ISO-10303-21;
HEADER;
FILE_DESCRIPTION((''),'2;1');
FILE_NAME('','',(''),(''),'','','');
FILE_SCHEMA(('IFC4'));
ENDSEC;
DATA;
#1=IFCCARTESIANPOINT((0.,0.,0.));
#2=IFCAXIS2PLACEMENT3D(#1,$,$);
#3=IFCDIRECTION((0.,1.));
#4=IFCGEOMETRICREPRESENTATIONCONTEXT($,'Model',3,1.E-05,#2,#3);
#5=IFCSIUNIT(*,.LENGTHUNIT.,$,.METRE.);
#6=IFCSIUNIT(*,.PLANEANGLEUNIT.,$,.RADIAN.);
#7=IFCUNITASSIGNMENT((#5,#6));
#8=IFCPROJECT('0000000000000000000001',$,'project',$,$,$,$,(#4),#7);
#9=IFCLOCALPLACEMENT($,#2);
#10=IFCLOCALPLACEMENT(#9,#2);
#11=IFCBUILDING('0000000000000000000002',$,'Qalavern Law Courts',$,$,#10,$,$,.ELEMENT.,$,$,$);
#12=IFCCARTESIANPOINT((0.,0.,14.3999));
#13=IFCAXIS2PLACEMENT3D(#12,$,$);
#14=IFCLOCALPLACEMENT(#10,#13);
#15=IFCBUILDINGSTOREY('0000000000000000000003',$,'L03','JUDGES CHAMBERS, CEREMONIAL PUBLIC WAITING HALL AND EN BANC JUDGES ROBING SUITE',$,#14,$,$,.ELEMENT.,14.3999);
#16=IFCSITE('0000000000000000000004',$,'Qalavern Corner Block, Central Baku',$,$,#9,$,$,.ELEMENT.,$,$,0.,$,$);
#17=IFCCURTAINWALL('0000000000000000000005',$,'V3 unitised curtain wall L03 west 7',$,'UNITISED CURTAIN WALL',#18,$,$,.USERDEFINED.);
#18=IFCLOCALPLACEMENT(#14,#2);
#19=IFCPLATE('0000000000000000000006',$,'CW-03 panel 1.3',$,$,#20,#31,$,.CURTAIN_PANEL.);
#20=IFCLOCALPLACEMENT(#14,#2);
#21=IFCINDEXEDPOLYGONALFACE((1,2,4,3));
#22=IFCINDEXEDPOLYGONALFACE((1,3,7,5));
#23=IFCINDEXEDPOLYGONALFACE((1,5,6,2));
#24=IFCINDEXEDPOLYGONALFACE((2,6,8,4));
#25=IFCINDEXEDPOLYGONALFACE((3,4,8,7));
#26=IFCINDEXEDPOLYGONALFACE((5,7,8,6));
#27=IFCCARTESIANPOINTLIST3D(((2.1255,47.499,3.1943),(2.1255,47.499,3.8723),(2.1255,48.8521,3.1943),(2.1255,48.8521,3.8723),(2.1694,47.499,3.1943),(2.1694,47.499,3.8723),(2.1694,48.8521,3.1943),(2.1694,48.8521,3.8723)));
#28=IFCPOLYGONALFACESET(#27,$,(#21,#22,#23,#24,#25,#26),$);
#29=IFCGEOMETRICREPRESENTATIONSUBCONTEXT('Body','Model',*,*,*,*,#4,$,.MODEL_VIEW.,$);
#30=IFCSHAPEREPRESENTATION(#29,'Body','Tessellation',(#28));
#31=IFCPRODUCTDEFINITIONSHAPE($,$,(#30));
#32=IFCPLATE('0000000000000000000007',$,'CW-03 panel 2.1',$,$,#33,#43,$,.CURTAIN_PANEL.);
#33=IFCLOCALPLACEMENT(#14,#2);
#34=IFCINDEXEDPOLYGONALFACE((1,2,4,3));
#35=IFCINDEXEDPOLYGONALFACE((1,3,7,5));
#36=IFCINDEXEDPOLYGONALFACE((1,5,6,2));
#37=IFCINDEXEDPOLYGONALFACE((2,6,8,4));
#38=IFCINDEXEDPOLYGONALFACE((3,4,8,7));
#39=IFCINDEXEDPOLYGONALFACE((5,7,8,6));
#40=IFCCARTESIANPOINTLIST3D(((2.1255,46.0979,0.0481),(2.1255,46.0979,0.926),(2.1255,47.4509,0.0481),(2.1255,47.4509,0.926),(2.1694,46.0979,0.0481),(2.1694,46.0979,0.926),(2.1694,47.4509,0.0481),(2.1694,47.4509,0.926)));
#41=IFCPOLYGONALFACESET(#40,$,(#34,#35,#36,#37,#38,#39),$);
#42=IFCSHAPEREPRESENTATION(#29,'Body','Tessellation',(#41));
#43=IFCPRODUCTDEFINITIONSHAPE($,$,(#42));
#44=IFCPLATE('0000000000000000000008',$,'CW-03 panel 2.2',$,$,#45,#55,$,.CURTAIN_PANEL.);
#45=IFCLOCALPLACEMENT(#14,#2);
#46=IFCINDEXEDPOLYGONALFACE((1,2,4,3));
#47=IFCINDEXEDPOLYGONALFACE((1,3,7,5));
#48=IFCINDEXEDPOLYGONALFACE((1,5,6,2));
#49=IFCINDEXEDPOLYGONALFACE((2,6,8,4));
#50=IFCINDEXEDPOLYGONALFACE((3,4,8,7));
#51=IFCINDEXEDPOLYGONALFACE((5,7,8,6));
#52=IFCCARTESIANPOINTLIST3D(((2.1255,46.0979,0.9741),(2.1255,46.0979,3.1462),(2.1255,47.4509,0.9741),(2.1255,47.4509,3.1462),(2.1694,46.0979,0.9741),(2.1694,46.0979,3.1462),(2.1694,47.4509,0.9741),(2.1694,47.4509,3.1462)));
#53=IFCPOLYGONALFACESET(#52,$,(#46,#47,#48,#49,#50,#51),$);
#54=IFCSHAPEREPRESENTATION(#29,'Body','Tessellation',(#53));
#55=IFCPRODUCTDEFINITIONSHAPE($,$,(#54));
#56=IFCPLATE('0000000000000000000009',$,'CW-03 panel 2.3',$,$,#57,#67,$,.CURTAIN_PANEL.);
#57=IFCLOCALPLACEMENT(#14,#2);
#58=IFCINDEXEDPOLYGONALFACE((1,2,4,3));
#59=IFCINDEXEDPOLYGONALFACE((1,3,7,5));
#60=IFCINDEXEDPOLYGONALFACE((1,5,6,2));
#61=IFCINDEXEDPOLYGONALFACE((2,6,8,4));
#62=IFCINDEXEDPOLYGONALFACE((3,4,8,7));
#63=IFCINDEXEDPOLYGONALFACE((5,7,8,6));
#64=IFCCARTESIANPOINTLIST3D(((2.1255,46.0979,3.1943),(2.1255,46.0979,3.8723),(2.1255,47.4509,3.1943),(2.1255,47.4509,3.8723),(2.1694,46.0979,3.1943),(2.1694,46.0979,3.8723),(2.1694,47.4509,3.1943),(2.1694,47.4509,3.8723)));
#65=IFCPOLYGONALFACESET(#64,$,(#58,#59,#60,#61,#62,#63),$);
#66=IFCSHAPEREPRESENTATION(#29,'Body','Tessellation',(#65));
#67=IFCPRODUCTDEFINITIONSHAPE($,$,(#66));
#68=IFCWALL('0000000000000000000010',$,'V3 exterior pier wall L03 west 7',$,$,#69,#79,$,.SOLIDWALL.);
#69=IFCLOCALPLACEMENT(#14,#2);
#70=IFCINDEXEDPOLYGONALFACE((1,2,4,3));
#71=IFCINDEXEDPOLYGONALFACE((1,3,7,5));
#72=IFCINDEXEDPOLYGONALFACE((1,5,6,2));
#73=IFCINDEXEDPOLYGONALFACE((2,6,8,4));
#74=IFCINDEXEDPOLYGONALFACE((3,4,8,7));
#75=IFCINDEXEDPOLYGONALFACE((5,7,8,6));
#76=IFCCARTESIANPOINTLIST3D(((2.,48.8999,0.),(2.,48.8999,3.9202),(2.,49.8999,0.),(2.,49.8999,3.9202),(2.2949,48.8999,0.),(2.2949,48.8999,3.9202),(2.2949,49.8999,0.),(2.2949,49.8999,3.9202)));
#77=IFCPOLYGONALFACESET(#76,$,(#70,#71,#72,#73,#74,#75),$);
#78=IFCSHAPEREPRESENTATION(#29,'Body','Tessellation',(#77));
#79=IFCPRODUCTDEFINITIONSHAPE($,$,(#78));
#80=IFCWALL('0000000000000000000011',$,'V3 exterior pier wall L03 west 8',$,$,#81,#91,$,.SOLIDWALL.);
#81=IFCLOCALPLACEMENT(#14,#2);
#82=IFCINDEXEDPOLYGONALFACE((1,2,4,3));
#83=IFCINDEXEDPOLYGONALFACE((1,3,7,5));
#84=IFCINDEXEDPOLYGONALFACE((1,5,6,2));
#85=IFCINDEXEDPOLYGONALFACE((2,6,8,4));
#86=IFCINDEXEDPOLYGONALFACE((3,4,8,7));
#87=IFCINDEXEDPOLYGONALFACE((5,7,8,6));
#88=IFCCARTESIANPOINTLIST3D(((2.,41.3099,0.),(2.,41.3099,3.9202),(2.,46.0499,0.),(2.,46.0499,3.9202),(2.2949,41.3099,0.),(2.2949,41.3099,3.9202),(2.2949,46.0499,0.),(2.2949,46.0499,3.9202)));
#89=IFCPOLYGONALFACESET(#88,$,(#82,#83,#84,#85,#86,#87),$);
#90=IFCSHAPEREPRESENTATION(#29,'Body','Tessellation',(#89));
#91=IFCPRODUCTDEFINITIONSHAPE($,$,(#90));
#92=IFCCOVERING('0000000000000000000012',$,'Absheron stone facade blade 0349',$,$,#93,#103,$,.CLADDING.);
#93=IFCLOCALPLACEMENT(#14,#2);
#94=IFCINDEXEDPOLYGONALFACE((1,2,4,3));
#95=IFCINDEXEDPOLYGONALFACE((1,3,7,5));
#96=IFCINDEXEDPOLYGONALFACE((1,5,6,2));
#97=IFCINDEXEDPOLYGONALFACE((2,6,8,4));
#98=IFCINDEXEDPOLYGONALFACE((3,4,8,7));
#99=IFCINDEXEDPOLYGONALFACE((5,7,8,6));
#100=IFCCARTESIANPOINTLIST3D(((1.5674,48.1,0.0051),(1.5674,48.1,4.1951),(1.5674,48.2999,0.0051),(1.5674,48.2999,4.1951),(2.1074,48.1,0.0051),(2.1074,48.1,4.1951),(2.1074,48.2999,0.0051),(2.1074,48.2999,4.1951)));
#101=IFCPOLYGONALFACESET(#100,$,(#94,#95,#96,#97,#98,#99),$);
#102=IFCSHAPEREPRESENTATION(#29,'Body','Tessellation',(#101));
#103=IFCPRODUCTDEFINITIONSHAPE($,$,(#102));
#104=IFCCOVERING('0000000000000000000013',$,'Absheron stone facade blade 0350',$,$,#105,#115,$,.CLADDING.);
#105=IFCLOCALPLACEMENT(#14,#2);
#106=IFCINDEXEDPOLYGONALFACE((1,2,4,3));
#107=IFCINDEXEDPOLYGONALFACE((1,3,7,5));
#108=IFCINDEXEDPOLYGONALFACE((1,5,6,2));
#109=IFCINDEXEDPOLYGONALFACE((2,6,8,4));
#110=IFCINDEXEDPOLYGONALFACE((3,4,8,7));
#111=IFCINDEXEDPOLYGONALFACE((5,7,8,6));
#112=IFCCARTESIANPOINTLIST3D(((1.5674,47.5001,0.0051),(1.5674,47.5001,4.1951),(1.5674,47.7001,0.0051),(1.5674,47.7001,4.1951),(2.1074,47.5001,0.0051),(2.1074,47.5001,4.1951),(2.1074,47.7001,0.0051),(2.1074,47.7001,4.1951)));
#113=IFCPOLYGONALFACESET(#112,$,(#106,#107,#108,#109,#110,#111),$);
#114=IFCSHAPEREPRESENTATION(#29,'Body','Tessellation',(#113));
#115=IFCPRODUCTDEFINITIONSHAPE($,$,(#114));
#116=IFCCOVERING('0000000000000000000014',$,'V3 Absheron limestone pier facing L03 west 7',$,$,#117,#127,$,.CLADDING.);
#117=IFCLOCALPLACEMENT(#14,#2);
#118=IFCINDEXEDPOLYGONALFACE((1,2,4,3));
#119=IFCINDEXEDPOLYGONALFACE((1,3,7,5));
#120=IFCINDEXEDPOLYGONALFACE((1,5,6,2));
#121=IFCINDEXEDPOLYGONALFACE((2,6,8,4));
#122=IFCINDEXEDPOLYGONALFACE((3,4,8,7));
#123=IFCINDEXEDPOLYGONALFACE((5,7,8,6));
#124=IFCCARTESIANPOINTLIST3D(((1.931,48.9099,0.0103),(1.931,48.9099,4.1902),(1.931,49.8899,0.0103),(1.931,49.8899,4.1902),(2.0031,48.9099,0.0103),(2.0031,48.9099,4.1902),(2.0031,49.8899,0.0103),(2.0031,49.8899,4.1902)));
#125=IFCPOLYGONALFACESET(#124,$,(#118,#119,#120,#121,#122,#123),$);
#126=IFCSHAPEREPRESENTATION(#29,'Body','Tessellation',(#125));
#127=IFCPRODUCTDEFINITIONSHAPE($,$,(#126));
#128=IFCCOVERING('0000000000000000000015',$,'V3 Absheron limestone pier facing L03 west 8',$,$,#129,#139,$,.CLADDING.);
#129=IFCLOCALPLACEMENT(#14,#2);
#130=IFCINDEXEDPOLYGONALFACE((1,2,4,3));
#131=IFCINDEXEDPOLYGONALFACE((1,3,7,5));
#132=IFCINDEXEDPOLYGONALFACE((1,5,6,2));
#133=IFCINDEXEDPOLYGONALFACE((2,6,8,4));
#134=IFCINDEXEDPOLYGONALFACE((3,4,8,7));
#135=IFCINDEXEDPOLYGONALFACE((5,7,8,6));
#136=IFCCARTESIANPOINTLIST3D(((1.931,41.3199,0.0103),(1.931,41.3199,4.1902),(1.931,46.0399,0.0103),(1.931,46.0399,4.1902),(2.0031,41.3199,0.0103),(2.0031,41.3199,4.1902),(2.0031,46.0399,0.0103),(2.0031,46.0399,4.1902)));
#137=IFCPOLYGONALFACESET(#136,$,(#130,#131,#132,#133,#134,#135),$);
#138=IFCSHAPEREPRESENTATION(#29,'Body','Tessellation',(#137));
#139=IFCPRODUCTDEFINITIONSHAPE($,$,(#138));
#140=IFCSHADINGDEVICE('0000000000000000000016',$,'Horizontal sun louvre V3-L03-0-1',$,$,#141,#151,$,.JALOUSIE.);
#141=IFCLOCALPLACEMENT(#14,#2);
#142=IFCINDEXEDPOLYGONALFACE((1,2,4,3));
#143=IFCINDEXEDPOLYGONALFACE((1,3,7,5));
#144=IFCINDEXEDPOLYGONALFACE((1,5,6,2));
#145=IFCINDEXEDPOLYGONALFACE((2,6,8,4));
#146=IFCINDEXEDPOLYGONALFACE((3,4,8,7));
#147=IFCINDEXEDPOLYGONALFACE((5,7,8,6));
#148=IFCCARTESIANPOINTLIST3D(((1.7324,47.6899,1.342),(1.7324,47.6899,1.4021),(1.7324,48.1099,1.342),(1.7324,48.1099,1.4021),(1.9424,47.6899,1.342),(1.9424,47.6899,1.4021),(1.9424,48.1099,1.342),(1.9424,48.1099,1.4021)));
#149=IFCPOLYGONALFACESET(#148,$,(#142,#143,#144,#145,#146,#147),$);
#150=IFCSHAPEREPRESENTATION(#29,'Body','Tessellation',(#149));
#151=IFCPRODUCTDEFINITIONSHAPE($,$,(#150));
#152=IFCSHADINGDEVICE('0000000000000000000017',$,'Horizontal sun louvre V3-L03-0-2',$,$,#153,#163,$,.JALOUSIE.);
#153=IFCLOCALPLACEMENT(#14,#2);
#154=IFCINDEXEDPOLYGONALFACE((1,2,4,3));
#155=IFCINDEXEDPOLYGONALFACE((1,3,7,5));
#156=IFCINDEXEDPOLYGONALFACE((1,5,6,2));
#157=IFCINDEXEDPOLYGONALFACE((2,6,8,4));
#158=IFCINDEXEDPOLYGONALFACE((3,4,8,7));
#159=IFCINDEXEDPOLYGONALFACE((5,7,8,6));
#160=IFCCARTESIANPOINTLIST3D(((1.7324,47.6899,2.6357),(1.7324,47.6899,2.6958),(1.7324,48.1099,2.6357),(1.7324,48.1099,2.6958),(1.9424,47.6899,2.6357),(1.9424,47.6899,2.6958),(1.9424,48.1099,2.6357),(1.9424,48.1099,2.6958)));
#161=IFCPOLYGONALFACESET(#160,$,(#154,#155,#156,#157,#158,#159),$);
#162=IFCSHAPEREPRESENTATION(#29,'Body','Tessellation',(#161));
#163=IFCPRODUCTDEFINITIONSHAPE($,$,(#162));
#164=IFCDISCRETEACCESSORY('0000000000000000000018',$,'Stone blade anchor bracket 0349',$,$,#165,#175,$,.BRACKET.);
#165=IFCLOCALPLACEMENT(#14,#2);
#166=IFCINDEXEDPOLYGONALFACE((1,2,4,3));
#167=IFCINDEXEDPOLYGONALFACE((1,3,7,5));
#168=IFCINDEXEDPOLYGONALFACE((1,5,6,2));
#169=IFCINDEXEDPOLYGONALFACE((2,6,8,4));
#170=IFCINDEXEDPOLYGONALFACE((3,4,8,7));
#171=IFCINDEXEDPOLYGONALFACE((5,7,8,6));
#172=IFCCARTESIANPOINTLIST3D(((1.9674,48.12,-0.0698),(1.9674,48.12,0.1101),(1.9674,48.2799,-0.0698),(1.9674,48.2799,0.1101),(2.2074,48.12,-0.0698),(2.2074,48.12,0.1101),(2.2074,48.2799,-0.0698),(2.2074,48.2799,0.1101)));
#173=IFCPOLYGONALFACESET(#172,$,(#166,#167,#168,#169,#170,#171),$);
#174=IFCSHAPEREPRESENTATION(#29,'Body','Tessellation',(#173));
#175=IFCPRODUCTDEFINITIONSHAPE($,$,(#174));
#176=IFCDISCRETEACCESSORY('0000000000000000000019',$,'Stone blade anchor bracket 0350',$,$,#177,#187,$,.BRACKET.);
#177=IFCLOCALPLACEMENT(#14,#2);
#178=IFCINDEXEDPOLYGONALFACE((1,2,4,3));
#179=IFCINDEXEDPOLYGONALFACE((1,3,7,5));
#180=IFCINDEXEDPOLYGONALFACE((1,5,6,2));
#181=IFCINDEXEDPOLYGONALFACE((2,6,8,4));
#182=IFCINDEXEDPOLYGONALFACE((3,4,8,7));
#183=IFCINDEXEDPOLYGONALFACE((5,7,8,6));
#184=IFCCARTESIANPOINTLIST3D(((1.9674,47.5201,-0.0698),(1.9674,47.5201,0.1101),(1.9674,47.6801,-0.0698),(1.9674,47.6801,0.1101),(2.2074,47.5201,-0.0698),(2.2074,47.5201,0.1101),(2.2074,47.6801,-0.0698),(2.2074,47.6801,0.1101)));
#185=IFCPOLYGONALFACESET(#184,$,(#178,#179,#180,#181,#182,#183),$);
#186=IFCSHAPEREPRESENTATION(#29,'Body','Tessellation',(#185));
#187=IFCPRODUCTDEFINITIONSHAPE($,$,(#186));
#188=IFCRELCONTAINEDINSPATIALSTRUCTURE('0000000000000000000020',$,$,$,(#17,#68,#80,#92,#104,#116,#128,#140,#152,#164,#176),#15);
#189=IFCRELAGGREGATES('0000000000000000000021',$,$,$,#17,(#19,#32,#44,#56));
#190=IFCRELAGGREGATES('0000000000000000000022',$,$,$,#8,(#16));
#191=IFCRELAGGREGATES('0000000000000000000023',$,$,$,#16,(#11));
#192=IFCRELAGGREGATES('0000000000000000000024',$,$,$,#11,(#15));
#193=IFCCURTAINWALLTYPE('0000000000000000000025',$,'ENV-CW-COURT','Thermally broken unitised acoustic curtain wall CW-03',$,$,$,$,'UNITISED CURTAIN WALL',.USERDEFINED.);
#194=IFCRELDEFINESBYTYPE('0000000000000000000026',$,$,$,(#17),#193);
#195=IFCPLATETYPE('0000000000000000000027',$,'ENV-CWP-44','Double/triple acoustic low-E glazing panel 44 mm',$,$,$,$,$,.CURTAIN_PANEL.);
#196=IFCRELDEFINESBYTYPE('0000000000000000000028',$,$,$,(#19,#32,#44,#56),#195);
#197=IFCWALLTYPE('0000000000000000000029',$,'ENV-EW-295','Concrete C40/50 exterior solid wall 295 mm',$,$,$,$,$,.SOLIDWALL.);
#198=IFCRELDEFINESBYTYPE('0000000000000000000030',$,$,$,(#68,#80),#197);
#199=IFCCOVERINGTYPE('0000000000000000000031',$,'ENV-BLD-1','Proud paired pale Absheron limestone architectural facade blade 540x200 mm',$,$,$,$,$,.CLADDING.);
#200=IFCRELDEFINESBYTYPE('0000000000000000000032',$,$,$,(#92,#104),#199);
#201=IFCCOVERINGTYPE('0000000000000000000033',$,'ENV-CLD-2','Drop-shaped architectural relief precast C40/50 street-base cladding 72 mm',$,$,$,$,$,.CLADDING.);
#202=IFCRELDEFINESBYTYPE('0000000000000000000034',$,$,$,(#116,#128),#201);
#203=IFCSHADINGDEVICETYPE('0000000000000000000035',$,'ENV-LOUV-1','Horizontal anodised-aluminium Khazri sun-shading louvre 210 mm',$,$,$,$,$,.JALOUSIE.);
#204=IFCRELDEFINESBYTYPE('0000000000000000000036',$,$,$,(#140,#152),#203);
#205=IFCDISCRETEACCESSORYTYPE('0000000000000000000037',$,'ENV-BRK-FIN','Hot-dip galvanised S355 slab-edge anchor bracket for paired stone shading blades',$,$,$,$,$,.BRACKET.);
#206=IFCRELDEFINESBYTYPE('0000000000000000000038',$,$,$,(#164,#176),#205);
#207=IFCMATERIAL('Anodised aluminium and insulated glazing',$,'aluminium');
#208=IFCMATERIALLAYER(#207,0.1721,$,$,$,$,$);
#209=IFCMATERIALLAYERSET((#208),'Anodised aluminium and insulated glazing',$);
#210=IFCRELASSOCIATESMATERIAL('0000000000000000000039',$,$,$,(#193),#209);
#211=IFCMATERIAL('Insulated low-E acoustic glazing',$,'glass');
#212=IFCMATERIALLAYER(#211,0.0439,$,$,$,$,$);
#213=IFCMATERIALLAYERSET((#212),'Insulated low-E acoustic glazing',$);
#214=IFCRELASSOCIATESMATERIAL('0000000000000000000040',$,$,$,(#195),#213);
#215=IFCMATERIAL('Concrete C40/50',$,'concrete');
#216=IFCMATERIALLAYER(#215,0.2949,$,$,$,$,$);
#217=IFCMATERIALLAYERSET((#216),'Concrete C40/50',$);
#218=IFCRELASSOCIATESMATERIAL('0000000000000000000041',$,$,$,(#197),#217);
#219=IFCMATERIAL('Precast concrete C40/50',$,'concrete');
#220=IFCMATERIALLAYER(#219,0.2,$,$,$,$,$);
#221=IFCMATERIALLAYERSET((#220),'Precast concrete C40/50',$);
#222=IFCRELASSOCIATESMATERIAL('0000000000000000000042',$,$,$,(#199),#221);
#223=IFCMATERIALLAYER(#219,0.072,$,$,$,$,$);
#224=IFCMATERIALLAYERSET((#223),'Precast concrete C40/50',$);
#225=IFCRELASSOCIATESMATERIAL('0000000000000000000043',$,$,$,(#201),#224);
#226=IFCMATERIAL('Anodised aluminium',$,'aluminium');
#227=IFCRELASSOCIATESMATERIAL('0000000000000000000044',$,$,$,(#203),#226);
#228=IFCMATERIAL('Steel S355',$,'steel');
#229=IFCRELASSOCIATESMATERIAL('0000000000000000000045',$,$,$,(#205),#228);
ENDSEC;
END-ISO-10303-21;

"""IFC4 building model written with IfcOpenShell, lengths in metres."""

from ifc_helpers import new_model, si_unit, direction, frame, frame_2d, origin, origin_2d, place, context, subcontext, project, spatial, rectangle, extrude, material, layer, layer_set, type_object, element, aggregate, save


model = new_model("IFC4")

# Units and contexts
model_context = context("Model", 3, precision=1e-05, world=origin(), true_north=direction((0.0, 1.0)))
body_context = subcontext(model_context, "Body", "Model", "MODEL_VIEW")
ifc_project = project(units=[si_unit("LENGTHUNIT", "METRE"), si_unit("PLANEANGLEUNIT", "RADIAN")], contexts=[model_context])

# Site, building, storey
site_placement = place(None, origin())
site = spatial("IfcSite", under=ifc_project, at=site_placement, Name="Qalavern Corner Block, Central Baku", CompositionType="ELEMENT", RefElevation=0.0)
building_placement = place(site_placement, origin())
building = spatial("IfcBuilding", under=site, at=building_placement, Name="Qalavern Law Courts", CompositionType="ELEMENT")
storey_placement = place(building_placement, frame((0.0, 0.0, 14.3999)))
storey = spatial("IfcBuildingStorey", under=building, at=storey_placement, Name="L03", Description="JUDGES CHAMBERS, CEREMONIAL PUBLIC WAITING HALL AND EN BANC JUDGES ROBING SUITE", CompositionType="ELEMENT", Elevation=14.3999)

# Curtain wall
ifc_material_1 = material(Name="Anodised aluminium and insulated glazing", Category="aluminium")
ifc_layer_1 = layer(ifc_material_1, 0.1721)
ifc_layer_set_1 = layer_set([ifc_layer_1], Name="Anodised aluminium and insulated glazing")
curtain_wall_type = type_object("IfcCurtainWallType", Name="ENV-CW-COURT", Description="Thermally broken unitised acoustic curtain wall CW-03", ElementType="UNITISED CURTAIN WALL", PredefinedType="USERDEFINED", material=ifc_layer_set_1)
ifc_material_2 = material(Name="Anodised aluminium", Category="aluminium")
curtain_wall_1_placement = place(storey_placement, origin())
curtain_wall_1 = element("IfcCurtainWall", 1, at=curtain_wall_1_placement, inside=storey, type_object=curtain_wall_type, Name="V3 unitised curtain wall L03 west 7", ObjectType="UNITISED CURTAIN WALL", PredefinedType="USERDEFINED")

# Plates
ifc_material_3 = material(Name="Insulated low-E acoustic glazing", Category="glass")
ifc_layer_2 = layer(ifc_material_3, 0.0439)
ifc_layer_set_2 = layer_set([ifc_layer_2], Name="Insulated low-E acoustic glazing")
plate_type_1 = type_object("IfcPlateType", Name="ENV-CWP-44", Description="Double/triple acoustic low-E glazing panel 44 mm", PredefinedType="CURTAIN_PANEL", material=ifc_layer_set_2)
plate_1_placement = place(storey_placement, frame((2.1475, 48.1755, 3.1943), z_axis=(0.0, 0.0, 1.0), x_axis=(0.0, -1.0, 0.0)))
plate_1 = element("IfcPlate", 2, at=plate_1_placement, type_object=plate_type_1, Name="CW-03 panel 1.3", PredefinedType="CURTAIN_PANEL", context=body_context, shape_type="SweptSolid", body=[
    extrude(rectangle(XDim=1.353, YDim=0.0439, at=origin_2d()), origin(), (0.0, 0.0, 1.0), 0.678),
])
plate_2_placement = place(storey_placement, frame((2.1475, 46.7744, 0.0481), z_axis=(0.0, 0.0, 1.0), x_axis=(0.0, -1.0, 0.0)))
plate_2 = element("IfcPlate", 3, at=plate_2_placement, type_object=plate_type_1, Name="CW-03 panel 2.1", PredefinedType="CURTAIN_PANEL", context=body_context, shape_type="SweptSolid", body=[
    extrude(rectangle(XDim=1.353, YDim=0.0439, at=origin_2d()), origin(), (0.0, 0.0, 1.0), 0.8779),
])
plate_3_placement = place(storey_placement, frame((2.1475, 46.7744, 0.9741), z_axis=(0.0, 0.0, 1.0), x_axis=(0.0, -1.0, 0.0)))
plate_3 = element("IfcPlate", 4, at=plate_3_placement, type_object=plate_type_1, Name="CW-03 panel 2.2", PredefinedType="CURTAIN_PANEL", context=body_context, shape_type="SweptSolid", body=[
    extrude(rectangle(XDim=1.353, YDim=0.0439, at=origin_2d()), origin(), (0.0, 0.0, 1.0), 2.1721),
])
plate_4_placement = place(storey_placement, frame((2.1475, 46.7744, 3.1943), z_axis=(0.0, 0.0, 1.0), x_axis=(0.0, -1.0, 0.0)))
plate_4 = element("IfcPlate", 5, at=plate_4_placement, type_object=plate_type_1, Name="CW-03 panel 2.3", PredefinedType="CURTAIN_PANEL", context=body_context, shape_type="SweptSolid", body=[
    extrude(rectangle(XDim=1.353, YDim=0.0439, at=origin_2d()), origin(), (0.0, 0.0, 1.0), 0.678),
])
aggregate(curtain_wall_1, [plate_1, plate_2, plate_3, plate_4])

# Walls
ifc_material_4 = material(Name="Concrete C40/50", Category="concrete")
ifc_layer_3 = layer(ifc_material_4, 0.2949)
ifc_layer_set_3 = layer_set([ifc_layer_3], Name="Concrete C40/50")
wall_type = type_object("IfcWallType", Name="ENV-EW-295", Description="Concrete C40/50 exterior solid wall 295 mm", PredefinedType="SOLIDWALL", material=ifc_layer_set_3)
wall_1_placement = place(storey_placement, frame((2.1475, 49.8999, 0.0), z_axis=(0.0, 0.0, 1.0), x_axis=(0.0, -1.0, 0.0)))
element("IfcWall", 6, at=wall_1_placement, inside=storey, type_object=wall_type, Name="V3 exterior pier wall L03 west 7", PredefinedType="SOLIDWALL", context=body_context, shape_type="SweptSolid", body=[
    extrude(rectangle(XDim=1.0, YDim=0.2949, at=frame_2d((0.5, 0.0))), origin(), (0.0, 0.0, 1.0), 3.9202),
])
wall_2_placement = place(storey_placement, frame((2.1475, 46.05, 0.0), z_axis=(0.0, 0.0, 1.0), x_axis=(0.0, -1.0, 0.0)))
element("IfcWall", 7, at=wall_2_placement, inside=storey, type_object=wall_type, Name="V3 exterior pier wall L03 west 8", PredefinedType="SOLIDWALL", context=body_context, shape_type="SweptSolid", body=[
    extrude(rectangle(XDim=4.74, YDim=0.2949, at=frame_2d((2.3701, 0.0))), origin(), (0.0, 0.0, 1.0), 3.9202),
])

# Coverings
ifc_material_5 = material(Name="Precast concrete C40/50", Category="concrete")
ifc_layer_4 = layer(ifc_material_5, 0.2)
ifc_layer_set_4 = layer_set([ifc_layer_4], Name="Precast concrete C40/50")
covering_type_1 = type_object("IfcCoveringType", Name="ENV-BLD-1", Description="Proud paired pale Absheron limestone architectural facade blade 540x200 mm", PredefinedType="CLADDING", material=ifc_layer_set_4)
for number, where, z_axis, x_axis, name in (
    (8, (1.8374, 48.2, 0.0051), (0.0, 0.0, 1.0), (-1.0, 0.0, 0.0), "Absheron stone facade blade 0349"),
    (9, (1.8374, 47.6001, 0.0051), (0.0, 0.0, 1.0), (-1.0, 0.0, 0.0), "Absheron stone facade blade 0350"),
):
    element("IfcCovering", number, at=place(storey_placement, frame(where, z_axis=z_axis, x_axis=x_axis)), inside=storey, type_object=covering_type_1, Name=name, PredefinedType="CLADDING", context=body_context, shape_type="SweptSolid", body=[
        extrude(rectangle(XDim=0.54, YDim=0.2, at=origin_2d()), origin(), (0.0, 0.0, 1.0), 4.1899),
    ])
ifc_layer_5 = layer(ifc_material_5, 0.072)
ifc_layer_set_5 = layer_set([ifc_layer_5], Name="Precast concrete C40/50")
covering_type_2 = type_object("IfcCoveringType", Name="ENV-CLD-2", Description="Drop-shaped architectural relief precast C40/50 street-base cladding 72 mm", PredefinedType="CLADDING", material=ifc_layer_set_5)
covering_1_placement = place(storey_placement, frame((1.967, 49.3999, 0.0103), z_axis=(0.0, 0.0, 1.0), x_axis=(0.0, -1.0, 0.0)))
element("IfcCovering", 10, at=covering_1_placement, inside=storey, type_object=covering_type_2, Name="V3 Absheron limestone pier facing L03 west 7", PredefinedType="CLADDING", context=body_context, shape_type="SweptSolid", body=[
    extrude(rectangle(XDim=0.98, YDim=0.072, at=origin_2d()), origin(), (0.0, 0.0, 1.0), 4.1799),
])
covering_2_placement = place(storey_placement, frame((1.967, 43.6799, 0.0103), z_axis=(0.0, 0.0, 1.0), x_axis=(0.0, -1.0, 0.0)))
element("IfcCovering", 11, at=covering_2_placement, inside=storey, type_object=covering_type_2, Name="V3 Absheron limestone pier facing L03 west 8", PredefinedType="CLADDING", context=body_context, shape_type="SweptSolid", body=[
    extrude(rectangle(XDim=4.72, YDim=0.072, at=origin_2d()), origin(), (0.0, 0.0, 1.0), 4.1799),
])

# Shading devices
shading_device_type = type_object("IfcShadingDeviceType", Name="ENV-LOUV-1", Description="Horizontal anodised-aluminium Khazri sun-shading louvre 210 mm", PredefinedType="JALOUSIE", material=ifc_material_2)
for number, where, z_axis, x_axis, name in (
    (12, (1.8374, 47.8999, 1.342), (0.0, 0.0, 1.0), (0.0, -1.0, 0.0), "Horizontal sun louvre V3-L03-0-1"),
    (13, (1.8374, 47.8999, 2.6357), (0.0, 0.0, 1.0), (0.0, -1.0, 0.0), "Horizontal sun louvre V3-L03-0-2"),
):
    element("IfcShadingDevice", number, at=place(storey_placement, frame(where, z_axis=z_axis, x_axis=x_axis)), inside=storey, type_object=shading_device_type, Name=name, PredefinedType="JALOUSIE", context=body_context, shape_type="SweptSolid", body=[
        extrude(rectangle(XDim=0.4199, YDim=0.21, at=origin_2d()), origin(), (0.0, 0.0, 1.0), 0.0601),
    ])

# Discrete accessories
ifc_material_6 = material(Name="Steel S355", Category="steel")
discrete_accessory_type = type_object("IfcDiscreteAccessoryType", Name="ENV-BRK-FIN", Description="Hot-dip galvanised S355 slab-edge anchor bracket for paired stone shading blades", PredefinedType="BRACKET", material=ifc_material_6)
for number, where, z_axis, x_axis, name in (
    (14, (2.0874, 48.2, -0.0698), (0.0, 0.0, 1.0), (-1.0, 0.0, 0.0), "Stone blade anchor bracket 0349"),
    (15, (2.0874, 47.6001, -0.0698), (0.0, 0.0, 1.0), (-1.0, 0.0, 0.0), "Stone blade anchor bracket 0350"),
):
    element("IfcDiscreteAccessory", number, at=place(storey_placement, frame(where, z_axis=z_axis, x_axis=x_axis)), inside=storey, type_object=discrete_accessory_type, Name=name, PredefinedType="BRACKET", context=body_context, shape_type="SweptSolid", body=[
        extrude(rectangle(XDim=0.24, YDim=0.1599, at=origin_2d()), origin(), (0.0, 0.0, 1.0), 0.1799),
    ])

save(model, "model.ifc")
